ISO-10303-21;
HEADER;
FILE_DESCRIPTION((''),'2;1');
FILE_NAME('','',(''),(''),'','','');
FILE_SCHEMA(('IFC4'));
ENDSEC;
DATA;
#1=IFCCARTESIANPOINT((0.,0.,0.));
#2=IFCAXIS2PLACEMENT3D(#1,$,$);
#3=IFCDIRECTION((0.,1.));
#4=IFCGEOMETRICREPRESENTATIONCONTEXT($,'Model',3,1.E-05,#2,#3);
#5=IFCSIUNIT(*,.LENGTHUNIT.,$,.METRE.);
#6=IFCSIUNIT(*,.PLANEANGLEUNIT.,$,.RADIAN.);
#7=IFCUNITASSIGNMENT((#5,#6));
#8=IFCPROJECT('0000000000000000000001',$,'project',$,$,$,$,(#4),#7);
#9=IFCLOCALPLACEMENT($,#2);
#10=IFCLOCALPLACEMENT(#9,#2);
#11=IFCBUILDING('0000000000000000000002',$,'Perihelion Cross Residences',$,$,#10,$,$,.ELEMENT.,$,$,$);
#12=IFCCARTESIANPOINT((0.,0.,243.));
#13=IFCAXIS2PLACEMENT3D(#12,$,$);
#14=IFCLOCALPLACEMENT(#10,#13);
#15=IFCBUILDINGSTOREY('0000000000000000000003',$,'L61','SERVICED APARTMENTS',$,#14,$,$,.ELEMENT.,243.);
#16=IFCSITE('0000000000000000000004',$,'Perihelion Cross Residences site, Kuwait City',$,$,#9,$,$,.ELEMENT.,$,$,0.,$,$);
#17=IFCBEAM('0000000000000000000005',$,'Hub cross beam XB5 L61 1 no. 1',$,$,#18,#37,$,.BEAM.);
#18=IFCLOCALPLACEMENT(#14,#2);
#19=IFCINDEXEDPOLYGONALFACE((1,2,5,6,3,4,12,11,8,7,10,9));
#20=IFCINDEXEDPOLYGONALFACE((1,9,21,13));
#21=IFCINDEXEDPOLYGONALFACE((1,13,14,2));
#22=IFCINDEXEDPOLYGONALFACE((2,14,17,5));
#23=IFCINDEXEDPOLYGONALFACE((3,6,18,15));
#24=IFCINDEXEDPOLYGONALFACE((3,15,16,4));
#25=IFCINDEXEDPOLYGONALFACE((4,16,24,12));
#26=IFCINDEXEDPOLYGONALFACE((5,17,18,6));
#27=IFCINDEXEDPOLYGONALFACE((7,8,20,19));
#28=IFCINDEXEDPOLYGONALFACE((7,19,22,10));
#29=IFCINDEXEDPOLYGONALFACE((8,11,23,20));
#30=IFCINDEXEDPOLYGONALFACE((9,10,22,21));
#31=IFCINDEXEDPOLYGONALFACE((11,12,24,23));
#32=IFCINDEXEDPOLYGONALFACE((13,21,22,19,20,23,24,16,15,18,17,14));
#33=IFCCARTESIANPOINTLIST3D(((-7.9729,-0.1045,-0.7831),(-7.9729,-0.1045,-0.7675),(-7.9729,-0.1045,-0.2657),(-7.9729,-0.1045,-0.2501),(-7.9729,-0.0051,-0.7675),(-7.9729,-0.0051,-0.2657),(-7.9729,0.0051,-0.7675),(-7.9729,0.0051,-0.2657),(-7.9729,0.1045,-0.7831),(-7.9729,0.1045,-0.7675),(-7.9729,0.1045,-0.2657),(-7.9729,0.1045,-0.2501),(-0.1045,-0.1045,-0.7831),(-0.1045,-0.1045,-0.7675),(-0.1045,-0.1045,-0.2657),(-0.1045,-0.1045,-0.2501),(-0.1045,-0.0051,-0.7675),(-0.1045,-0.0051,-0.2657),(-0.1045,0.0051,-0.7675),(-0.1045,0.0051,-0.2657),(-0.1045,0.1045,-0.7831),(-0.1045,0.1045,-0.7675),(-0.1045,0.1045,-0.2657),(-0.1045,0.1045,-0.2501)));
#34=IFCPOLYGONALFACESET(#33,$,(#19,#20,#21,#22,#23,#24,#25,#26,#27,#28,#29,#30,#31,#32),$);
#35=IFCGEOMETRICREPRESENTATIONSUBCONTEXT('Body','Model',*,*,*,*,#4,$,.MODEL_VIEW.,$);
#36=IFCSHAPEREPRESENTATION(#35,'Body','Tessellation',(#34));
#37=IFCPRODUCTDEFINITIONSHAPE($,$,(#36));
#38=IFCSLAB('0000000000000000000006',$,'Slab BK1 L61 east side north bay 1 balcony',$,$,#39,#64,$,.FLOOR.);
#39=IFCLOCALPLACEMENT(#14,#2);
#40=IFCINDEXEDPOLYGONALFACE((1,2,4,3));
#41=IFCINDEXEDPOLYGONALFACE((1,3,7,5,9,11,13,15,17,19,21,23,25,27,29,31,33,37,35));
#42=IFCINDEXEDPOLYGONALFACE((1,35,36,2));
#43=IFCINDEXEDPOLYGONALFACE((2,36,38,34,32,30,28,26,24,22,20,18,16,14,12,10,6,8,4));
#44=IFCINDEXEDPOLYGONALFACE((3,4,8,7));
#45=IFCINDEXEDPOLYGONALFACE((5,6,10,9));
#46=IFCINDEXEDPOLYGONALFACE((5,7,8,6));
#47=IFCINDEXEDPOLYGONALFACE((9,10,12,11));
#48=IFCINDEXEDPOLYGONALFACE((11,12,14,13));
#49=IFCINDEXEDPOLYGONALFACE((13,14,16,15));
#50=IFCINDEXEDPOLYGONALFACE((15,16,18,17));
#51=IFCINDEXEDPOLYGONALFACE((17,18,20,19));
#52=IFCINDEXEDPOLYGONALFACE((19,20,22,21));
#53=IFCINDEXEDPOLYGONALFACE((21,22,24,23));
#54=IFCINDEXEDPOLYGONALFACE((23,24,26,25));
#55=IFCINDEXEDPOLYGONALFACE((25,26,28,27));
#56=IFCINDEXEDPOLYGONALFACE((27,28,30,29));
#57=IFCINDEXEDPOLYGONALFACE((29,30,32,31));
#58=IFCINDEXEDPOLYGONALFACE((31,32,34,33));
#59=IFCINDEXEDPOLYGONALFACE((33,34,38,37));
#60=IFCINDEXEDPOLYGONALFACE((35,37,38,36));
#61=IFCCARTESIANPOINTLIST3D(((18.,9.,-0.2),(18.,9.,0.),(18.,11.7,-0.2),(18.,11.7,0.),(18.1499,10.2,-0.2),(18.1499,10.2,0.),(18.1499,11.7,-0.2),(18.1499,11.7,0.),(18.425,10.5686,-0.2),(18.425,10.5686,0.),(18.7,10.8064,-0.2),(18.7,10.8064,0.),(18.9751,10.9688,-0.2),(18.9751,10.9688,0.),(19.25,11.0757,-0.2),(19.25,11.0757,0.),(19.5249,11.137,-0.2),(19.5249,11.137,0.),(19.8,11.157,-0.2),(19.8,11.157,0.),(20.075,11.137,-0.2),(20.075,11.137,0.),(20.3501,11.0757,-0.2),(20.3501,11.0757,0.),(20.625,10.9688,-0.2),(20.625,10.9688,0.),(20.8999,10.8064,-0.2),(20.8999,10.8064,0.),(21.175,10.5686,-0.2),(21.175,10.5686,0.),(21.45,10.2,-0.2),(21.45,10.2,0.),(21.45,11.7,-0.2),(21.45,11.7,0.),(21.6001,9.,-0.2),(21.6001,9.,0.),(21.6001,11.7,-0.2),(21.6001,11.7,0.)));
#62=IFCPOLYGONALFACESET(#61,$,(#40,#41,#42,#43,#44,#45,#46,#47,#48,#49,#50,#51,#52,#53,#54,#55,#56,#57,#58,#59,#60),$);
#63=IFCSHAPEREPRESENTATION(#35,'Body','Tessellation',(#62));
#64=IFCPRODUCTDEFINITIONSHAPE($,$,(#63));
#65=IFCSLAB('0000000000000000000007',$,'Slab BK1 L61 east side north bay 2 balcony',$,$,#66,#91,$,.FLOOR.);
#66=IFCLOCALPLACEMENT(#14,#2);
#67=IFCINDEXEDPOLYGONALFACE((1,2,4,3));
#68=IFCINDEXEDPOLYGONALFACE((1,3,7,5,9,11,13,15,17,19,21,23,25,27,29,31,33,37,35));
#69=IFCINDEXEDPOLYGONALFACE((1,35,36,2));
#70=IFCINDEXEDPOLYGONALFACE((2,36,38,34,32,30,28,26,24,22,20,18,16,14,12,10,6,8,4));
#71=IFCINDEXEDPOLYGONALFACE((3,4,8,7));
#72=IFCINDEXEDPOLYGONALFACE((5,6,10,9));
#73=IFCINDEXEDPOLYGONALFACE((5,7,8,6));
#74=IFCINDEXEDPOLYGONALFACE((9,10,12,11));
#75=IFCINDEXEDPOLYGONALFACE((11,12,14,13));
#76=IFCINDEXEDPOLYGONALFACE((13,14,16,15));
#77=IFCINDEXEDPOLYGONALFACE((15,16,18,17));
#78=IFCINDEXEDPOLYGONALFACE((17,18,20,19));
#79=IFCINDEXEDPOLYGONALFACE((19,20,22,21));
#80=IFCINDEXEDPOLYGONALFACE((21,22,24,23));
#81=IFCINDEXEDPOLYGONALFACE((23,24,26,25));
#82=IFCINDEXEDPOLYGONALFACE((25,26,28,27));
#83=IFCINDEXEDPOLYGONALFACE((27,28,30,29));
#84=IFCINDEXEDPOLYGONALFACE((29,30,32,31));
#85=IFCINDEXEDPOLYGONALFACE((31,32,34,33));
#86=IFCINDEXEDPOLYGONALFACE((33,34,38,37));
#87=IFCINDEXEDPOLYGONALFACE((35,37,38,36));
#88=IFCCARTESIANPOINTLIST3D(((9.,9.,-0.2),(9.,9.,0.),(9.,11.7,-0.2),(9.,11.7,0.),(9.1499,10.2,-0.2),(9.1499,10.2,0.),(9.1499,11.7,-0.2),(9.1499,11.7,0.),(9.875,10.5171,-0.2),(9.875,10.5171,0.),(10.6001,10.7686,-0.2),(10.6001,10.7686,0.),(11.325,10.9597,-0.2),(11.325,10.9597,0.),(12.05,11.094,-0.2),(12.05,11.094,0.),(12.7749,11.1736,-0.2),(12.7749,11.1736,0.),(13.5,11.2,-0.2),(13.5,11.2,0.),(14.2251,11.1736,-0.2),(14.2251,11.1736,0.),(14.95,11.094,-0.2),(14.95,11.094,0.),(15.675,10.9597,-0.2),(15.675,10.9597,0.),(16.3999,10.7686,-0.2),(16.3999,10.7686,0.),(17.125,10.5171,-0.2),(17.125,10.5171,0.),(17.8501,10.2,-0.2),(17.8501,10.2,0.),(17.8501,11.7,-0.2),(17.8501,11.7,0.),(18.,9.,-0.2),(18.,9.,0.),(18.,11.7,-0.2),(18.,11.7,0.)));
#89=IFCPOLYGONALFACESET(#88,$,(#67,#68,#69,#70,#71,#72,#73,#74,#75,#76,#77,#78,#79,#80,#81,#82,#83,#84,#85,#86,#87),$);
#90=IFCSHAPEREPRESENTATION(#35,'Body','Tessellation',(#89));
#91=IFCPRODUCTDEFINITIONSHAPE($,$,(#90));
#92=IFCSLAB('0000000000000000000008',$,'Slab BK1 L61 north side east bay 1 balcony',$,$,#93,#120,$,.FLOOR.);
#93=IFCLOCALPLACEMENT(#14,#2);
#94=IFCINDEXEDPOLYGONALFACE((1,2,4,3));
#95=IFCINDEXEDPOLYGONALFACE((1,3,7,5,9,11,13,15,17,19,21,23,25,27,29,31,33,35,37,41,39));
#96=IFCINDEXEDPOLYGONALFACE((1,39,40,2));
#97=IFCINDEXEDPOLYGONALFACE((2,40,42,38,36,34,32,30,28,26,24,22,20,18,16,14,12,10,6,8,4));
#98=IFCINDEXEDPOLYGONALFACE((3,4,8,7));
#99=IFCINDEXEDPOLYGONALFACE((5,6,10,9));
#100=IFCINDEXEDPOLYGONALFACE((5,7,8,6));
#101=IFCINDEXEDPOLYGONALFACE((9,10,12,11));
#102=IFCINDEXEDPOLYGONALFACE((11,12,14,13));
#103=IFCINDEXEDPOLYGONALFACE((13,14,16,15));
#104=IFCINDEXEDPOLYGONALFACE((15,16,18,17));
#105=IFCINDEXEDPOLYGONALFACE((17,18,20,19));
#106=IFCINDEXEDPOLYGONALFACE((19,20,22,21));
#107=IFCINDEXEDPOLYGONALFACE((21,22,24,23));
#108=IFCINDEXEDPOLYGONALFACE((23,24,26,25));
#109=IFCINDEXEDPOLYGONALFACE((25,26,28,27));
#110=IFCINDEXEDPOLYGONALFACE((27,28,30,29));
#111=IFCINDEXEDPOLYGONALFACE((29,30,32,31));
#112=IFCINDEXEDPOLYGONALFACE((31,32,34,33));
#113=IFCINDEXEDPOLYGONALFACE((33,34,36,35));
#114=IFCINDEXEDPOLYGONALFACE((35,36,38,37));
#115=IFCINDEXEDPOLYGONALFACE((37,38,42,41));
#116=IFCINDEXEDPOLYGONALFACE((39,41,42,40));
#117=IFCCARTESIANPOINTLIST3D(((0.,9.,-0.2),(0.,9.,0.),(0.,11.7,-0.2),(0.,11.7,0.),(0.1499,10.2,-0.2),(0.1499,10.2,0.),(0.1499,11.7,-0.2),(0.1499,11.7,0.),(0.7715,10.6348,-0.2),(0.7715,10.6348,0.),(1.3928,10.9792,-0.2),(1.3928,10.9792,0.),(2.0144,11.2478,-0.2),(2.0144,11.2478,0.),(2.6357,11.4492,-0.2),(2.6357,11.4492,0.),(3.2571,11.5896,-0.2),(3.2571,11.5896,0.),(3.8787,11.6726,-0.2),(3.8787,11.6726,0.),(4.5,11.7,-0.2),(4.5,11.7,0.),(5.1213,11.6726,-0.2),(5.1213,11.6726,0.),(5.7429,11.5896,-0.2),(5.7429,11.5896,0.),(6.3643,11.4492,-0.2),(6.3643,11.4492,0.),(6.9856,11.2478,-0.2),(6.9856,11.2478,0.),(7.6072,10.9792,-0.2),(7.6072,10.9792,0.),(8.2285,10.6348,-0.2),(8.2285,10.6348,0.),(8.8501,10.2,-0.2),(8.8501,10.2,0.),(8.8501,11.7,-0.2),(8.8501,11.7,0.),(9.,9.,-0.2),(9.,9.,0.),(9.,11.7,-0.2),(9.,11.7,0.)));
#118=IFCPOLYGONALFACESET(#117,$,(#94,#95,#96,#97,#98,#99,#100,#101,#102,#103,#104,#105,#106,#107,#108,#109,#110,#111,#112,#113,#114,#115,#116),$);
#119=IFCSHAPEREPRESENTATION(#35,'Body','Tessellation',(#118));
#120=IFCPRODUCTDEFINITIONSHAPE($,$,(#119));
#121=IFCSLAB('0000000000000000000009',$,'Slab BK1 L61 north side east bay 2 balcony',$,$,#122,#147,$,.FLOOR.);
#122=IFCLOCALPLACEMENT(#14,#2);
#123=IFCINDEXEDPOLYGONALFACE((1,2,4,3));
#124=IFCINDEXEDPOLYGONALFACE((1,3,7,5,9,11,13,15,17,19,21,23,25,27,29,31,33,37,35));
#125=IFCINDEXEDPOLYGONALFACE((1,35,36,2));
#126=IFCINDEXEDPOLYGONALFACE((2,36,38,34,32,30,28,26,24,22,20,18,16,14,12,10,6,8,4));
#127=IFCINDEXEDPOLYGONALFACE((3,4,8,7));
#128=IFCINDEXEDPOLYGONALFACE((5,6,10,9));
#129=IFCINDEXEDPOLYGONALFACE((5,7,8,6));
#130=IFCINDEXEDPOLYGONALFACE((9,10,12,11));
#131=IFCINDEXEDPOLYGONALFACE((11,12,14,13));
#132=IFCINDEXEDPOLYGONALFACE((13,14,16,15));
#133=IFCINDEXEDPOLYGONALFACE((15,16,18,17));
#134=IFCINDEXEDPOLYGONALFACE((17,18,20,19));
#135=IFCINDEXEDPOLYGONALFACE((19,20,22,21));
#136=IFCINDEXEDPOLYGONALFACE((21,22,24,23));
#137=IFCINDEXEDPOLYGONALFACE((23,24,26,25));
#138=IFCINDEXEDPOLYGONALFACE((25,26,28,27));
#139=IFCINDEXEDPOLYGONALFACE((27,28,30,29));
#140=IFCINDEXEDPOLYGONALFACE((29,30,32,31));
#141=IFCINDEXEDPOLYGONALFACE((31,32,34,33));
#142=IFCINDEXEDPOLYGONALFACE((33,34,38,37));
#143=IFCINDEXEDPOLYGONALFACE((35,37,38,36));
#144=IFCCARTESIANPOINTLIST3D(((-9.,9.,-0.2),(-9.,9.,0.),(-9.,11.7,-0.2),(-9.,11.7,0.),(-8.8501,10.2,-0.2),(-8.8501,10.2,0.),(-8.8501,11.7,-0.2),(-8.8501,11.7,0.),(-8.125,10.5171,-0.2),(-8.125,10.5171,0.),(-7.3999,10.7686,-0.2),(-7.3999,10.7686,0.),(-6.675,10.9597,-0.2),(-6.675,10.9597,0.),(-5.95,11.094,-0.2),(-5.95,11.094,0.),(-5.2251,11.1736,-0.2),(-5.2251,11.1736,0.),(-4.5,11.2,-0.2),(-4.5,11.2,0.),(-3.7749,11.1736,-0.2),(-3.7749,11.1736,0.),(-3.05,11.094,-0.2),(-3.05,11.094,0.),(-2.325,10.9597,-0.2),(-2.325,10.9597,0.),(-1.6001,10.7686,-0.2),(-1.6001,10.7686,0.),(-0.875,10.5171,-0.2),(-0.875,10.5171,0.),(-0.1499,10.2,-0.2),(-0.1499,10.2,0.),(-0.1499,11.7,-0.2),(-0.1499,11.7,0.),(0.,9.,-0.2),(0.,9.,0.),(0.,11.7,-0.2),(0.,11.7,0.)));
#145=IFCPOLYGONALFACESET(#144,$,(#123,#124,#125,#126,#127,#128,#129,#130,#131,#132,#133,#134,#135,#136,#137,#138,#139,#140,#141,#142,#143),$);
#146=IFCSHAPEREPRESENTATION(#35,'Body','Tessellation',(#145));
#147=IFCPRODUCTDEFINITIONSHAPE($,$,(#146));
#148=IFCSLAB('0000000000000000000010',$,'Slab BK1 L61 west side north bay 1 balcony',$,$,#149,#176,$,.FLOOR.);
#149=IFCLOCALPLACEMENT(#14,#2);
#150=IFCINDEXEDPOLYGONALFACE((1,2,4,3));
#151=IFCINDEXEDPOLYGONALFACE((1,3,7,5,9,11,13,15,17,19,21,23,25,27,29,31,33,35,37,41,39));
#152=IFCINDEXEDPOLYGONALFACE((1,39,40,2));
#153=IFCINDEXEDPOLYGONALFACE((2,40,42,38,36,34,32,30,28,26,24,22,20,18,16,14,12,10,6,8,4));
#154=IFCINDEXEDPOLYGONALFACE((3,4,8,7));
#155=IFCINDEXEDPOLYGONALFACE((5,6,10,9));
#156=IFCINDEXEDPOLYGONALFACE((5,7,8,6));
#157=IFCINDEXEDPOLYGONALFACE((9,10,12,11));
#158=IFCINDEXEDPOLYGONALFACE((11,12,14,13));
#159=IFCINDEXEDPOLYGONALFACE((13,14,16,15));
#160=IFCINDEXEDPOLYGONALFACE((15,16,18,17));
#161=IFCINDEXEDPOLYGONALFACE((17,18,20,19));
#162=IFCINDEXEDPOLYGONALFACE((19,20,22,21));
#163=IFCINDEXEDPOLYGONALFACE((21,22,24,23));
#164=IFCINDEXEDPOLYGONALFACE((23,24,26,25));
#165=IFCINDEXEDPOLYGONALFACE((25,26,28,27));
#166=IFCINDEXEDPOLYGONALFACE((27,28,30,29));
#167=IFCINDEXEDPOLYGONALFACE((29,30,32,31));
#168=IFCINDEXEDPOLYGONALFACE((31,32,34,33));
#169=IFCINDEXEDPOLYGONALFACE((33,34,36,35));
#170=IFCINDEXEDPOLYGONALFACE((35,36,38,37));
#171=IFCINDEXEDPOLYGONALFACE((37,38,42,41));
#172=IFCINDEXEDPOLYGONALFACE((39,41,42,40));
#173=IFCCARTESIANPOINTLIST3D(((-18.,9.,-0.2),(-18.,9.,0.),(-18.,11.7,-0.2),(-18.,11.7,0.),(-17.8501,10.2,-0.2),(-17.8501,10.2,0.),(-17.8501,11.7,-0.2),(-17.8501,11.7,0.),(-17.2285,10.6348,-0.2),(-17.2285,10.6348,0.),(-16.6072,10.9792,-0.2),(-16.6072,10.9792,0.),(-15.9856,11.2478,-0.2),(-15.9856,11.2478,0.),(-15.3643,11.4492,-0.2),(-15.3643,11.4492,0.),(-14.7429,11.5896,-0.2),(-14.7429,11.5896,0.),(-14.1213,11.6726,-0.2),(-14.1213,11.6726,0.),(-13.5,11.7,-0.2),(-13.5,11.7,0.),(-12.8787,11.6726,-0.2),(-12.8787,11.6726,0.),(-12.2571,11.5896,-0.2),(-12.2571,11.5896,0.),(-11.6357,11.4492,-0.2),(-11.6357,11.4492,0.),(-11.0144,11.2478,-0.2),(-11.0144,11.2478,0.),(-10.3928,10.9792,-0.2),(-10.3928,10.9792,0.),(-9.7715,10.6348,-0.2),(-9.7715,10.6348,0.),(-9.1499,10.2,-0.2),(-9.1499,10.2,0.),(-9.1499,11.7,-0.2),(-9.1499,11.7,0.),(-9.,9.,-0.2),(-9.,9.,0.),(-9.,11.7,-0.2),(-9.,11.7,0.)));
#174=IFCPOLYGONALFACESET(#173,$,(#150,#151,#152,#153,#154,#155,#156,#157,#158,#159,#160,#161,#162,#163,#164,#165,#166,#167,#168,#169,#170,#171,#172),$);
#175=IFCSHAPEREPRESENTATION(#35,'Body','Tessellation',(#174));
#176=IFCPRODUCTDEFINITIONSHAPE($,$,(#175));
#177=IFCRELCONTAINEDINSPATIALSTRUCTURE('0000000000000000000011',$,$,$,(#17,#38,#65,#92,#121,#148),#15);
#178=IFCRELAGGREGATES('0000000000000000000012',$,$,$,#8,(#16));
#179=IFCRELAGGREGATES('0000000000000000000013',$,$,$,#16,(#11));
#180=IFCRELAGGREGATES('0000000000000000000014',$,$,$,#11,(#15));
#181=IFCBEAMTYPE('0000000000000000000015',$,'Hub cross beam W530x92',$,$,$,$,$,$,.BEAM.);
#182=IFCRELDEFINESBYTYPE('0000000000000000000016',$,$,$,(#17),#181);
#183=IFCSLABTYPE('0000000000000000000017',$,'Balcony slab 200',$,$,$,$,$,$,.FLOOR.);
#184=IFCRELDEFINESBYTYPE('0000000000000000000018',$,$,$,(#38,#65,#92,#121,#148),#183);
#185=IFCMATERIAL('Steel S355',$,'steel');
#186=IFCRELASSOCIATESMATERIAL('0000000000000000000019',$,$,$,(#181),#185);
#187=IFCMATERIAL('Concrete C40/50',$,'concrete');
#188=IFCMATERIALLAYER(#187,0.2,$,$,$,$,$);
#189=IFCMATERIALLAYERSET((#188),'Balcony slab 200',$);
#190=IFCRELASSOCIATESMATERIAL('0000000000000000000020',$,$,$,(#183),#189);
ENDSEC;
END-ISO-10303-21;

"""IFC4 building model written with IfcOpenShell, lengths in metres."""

from ifc_helpers import new_model, si_unit, direction, frame, origin, origin_2d, place, context, subcontext, project, spatial, polyline, i_section, outline, extrude, material, layer, layer_set, material_profile, profile_set, type_object, element, save


model = new_model("IFC4")

# Units and contexts
model_context = context("Model", 3, precision=1e-05, world=origin(), true_north=direction((0.0, 1.0)))
body_context = subcontext(model_context, "Body", "Model", "MODEL_VIEW")
ifc_project = project(units=[si_unit("LENGTHUNIT", "METRE"), si_unit("PLANEANGLEUNIT", "RADIAN")], contexts=[model_context])

# Site, building, storey
site_placement = place(None, origin())
site = spatial("IfcSite", under=ifc_project, at=site_placement, Name="Perihelion Cross Residences site, Kuwait City", CompositionType="ELEMENT", RefElevation=0.0)
building_placement = place(site_placement, origin())
building = spatial("IfcBuilding", under=site, at=building_placement, Name="Perihelion Cross Residences", CompositionType="ELEMENT")
storey_placement = place(building_placement, frame((0.0, 0.0, 243.0)))
storey = spatial("IfcBuildingStorey", under=building, at=storey_placement, Name="L61", Description="SERVICED APARTMENTS", CompositionType="ELEMENT", Elevation=243.0)

# Beam
ifc_material_1 = material(Name="Steel S355", Category="steel")
ifc_material_profile = material_profile(ifc_material_1, i_section(OverallWidth=0.209, OverallDepth=0.533, WebThickness=0.0103, FlangeThickness=0.0156, at=origin_2d()), Name="W530x92")
ifc_profile_set = profile_set([ifc_material_profile], Name="Steel S355")
beam_type = type_object("IfcBeamType", Name="Hub cross beam W530x92", PredefinedType="BEAM", material=ifc_profile_set)
beam_placement = place(storey_placement, frame((-7.9729, 0.0, -0.5166), z_axis=(1.0, 0.0, 0.0), x_axis=(0.0, 1.0, 0.0)))
element("IfcBeam", 1, at=beam_placement, inside=storey, type_object=beam_type, Name="Hub cross beam XB5 L61 1 no. 1", PredefinedType="BEAM", context=body_context, shape_type="SweptSolid", body=[
    extrude(i_section(OverallWidth=0.209, OverallDepth=0.533, WebThickness=0.0103, FlangeThickness=0.0156, at=origin_2d()), origin(), (0.0, 0.0, 1.0), 7.8684),
])

# Slabs
ifc_material_2 = material(Name="Concrete C40/50", Category="concrete")
ifc_layer_1 = layer(ifc_material_2, 0.2)
ifc_layer_set_1 = layer_set([ifc_layer_1], Name="Balcony slab 200")
slab_type_1 = type_object("IfcSlabType", Name="Balcony slab 200", PredefinedType="FLOOR", material=ifc_layer_set_1)
slab_1_placement = place(storey_placement, frame((0.0, 0.0, -0.2)))
element("IfcSlab", 2, at=slab_1_placement, inside=storey, type_object=slab_type_1, Name="Slab BK1 L61 east side north bay 1 balcony", PredefinedType="FLOOR", context=body_context, shape_type="SweptSolid", body=[
    extrude(outline(polyline([(21.6001, 9.0), (18.0, 9.0), (18.0, 11.7), (18.1499, 11.7), (18.1499, 10.2), (18.425, 10.5686), (18.7, 10.8064), (18.9751, 10.9688), (19.25, 11.0757), (19.5249, 11.137), (19.8, 11.157), (20.075, 11.137), (20.3501, 11.0757), (20.625, 10.9688), (20.8999, 10.8064), (21.175, 10.5686), (21.45, 10.2), (21.45, 11.7), (21.6001, 11.7), (21.6001, 9.0)])), origin(), (0.0, 0.0, 1.0), 0.2),
])
slab_2_placement = place(storey_placement, frame((0.0, 0.0, -0.2)))
element("IfcSlab", 3, at=slab_2_placement, inside=storey, type_object=slab_type_1, Name="Slab BK1 L61 east side north bay 2 balcony", PredefinedType="FLOOR", context=body_context, shape_type="SweptSolid", body=[
    extrude(outline(polyline([(18.0, 9.0), (9.0, 9.0), (9.0, 11.7), (9.1499, 11.7), (9.1499, 10.2), (9.875, 10.5171), (10.6001, 10.7686), (11.325, 10.9597), (12.05, 11.094), (12.7749, 11.1736), (13.5, 11.2), (14.2251, 11.1736), (14.95, 11.094), (15.675, 10.9597), (16.3999, 10.7686), (17.125, 10.5171), (17.8501, 10.2), (17.8501, 11.7), (18.0, 11.7), (18.0, 9.0)])), origin(), (0.0, 0.0, 1.0), 0.2),
])
slab_3_placement = place(storey_placement, frame((0.0, 0.0, -0.2)))
element("IfcSlab", 4, at=slab_3_placement, inside=storey, type_object=slab_type_1, Name="Slab BK1 L61 north side east bay 1 balcony", PredefinedType="FLOOR", context=body_context, shape_type="SweptSolid", body=[
    extrude(outline(polyline([(9.0, 9.0), (0.0, 9.0), (0.0, 11.7), (0.1499, 11.7), (0.1499, 10.2), (0.7715, 10.6348), (1.3928, 10.9792), (2.0144, 11.2478), (2.6357, 11.4492), (3.2571, 11.5896), (3.8787, 11.6726), (4.5, 11.7), (5.1213, 11.6726), (5.7429, 11.5896), (6.3643, 11.4492), (6.9856, 11.2478), (7.6072, 10.9792), (8.2285, 10.6348), (8.8501, 10.2), (8.8501, 11.7), (9.0, 11.7), (9.0, 9.0)])), origin(), (0.0, 0.0, 1.0), 0.2),
])
slab_4_placement = place(storey_placement, frame((0.0, 0.0, -0.2)))
element("IfcSlab", 5, at=slab_4_placement, inside=storey, type_object=slab_type_1, Name="Slab BK1 L61 north side east bay 2 balcony", PredefinedType="FLOOR", context=body_context, shape_type="SweptSolid", body=[
    extrude(outline(polyline([(0.0, 9.0), (-9.0, 9.0), (-9.0, 11.7), (-8.8501, 11.7), (-8.8501, 10.2), (-8.125, 10.5171), (-7.3999, 10.7686), (-6.675, 10.9597), (-5.95, 11.094), (-5.2251, 11.1736), (-4.5, 11.2), (-3.7749, 11.1736), (-3.05, 11.094), (-2.325, 10.9597), (-1.6001, 10.7686), (-0.875, 10.5171), (-0.1499, 10.2), (-0.1499, 11.7), (0.0, 11.7), (0.0, 9.0)])), origin(), (0.0, 0.0, 1.0), 0.2),
])
slab_5_placement = place(storey_placement, frame((0.0, 0.0, -0.2)))
element("IfcSlab", 6, at=slab_5_placement, inside=storey, type_object=slab_type_1, Name="Slab BK1 L61 west side north bay 1 balcony", PredefinedType="FLOOR", context=body_context, shape_type="SweptSolid", body=[
    extrude(outline(polyline([(-9.0, 9.0), (-18.0, 9.0), (-18.0, 11.7), (-17.8501, 11.7), (-17.8501, 10.2), (-17.2285, 10.6348), (-16.6072, 10.9792), (-15.9856, 11.2478), (-15.3643, 11.4492), (-14.7429, 11.5896), (-14.1213, 11.6726), (-13.5, 11.7), (-12.8787, 11.6726), (-12.2571, 11.5896), (-11.6357, 11.4492), (-11.0144, 11.2478), (-10.3928, 10.9792), (-9.7715, 10.6348), (-9.1499, 10.2), (-9.1499, 11.7), (-9.0, 11.7), (-9.0, 9.0)])), origin(), (0.0, 0.0, 1.0), 0.2),
])

save(model, "model.ifc")
